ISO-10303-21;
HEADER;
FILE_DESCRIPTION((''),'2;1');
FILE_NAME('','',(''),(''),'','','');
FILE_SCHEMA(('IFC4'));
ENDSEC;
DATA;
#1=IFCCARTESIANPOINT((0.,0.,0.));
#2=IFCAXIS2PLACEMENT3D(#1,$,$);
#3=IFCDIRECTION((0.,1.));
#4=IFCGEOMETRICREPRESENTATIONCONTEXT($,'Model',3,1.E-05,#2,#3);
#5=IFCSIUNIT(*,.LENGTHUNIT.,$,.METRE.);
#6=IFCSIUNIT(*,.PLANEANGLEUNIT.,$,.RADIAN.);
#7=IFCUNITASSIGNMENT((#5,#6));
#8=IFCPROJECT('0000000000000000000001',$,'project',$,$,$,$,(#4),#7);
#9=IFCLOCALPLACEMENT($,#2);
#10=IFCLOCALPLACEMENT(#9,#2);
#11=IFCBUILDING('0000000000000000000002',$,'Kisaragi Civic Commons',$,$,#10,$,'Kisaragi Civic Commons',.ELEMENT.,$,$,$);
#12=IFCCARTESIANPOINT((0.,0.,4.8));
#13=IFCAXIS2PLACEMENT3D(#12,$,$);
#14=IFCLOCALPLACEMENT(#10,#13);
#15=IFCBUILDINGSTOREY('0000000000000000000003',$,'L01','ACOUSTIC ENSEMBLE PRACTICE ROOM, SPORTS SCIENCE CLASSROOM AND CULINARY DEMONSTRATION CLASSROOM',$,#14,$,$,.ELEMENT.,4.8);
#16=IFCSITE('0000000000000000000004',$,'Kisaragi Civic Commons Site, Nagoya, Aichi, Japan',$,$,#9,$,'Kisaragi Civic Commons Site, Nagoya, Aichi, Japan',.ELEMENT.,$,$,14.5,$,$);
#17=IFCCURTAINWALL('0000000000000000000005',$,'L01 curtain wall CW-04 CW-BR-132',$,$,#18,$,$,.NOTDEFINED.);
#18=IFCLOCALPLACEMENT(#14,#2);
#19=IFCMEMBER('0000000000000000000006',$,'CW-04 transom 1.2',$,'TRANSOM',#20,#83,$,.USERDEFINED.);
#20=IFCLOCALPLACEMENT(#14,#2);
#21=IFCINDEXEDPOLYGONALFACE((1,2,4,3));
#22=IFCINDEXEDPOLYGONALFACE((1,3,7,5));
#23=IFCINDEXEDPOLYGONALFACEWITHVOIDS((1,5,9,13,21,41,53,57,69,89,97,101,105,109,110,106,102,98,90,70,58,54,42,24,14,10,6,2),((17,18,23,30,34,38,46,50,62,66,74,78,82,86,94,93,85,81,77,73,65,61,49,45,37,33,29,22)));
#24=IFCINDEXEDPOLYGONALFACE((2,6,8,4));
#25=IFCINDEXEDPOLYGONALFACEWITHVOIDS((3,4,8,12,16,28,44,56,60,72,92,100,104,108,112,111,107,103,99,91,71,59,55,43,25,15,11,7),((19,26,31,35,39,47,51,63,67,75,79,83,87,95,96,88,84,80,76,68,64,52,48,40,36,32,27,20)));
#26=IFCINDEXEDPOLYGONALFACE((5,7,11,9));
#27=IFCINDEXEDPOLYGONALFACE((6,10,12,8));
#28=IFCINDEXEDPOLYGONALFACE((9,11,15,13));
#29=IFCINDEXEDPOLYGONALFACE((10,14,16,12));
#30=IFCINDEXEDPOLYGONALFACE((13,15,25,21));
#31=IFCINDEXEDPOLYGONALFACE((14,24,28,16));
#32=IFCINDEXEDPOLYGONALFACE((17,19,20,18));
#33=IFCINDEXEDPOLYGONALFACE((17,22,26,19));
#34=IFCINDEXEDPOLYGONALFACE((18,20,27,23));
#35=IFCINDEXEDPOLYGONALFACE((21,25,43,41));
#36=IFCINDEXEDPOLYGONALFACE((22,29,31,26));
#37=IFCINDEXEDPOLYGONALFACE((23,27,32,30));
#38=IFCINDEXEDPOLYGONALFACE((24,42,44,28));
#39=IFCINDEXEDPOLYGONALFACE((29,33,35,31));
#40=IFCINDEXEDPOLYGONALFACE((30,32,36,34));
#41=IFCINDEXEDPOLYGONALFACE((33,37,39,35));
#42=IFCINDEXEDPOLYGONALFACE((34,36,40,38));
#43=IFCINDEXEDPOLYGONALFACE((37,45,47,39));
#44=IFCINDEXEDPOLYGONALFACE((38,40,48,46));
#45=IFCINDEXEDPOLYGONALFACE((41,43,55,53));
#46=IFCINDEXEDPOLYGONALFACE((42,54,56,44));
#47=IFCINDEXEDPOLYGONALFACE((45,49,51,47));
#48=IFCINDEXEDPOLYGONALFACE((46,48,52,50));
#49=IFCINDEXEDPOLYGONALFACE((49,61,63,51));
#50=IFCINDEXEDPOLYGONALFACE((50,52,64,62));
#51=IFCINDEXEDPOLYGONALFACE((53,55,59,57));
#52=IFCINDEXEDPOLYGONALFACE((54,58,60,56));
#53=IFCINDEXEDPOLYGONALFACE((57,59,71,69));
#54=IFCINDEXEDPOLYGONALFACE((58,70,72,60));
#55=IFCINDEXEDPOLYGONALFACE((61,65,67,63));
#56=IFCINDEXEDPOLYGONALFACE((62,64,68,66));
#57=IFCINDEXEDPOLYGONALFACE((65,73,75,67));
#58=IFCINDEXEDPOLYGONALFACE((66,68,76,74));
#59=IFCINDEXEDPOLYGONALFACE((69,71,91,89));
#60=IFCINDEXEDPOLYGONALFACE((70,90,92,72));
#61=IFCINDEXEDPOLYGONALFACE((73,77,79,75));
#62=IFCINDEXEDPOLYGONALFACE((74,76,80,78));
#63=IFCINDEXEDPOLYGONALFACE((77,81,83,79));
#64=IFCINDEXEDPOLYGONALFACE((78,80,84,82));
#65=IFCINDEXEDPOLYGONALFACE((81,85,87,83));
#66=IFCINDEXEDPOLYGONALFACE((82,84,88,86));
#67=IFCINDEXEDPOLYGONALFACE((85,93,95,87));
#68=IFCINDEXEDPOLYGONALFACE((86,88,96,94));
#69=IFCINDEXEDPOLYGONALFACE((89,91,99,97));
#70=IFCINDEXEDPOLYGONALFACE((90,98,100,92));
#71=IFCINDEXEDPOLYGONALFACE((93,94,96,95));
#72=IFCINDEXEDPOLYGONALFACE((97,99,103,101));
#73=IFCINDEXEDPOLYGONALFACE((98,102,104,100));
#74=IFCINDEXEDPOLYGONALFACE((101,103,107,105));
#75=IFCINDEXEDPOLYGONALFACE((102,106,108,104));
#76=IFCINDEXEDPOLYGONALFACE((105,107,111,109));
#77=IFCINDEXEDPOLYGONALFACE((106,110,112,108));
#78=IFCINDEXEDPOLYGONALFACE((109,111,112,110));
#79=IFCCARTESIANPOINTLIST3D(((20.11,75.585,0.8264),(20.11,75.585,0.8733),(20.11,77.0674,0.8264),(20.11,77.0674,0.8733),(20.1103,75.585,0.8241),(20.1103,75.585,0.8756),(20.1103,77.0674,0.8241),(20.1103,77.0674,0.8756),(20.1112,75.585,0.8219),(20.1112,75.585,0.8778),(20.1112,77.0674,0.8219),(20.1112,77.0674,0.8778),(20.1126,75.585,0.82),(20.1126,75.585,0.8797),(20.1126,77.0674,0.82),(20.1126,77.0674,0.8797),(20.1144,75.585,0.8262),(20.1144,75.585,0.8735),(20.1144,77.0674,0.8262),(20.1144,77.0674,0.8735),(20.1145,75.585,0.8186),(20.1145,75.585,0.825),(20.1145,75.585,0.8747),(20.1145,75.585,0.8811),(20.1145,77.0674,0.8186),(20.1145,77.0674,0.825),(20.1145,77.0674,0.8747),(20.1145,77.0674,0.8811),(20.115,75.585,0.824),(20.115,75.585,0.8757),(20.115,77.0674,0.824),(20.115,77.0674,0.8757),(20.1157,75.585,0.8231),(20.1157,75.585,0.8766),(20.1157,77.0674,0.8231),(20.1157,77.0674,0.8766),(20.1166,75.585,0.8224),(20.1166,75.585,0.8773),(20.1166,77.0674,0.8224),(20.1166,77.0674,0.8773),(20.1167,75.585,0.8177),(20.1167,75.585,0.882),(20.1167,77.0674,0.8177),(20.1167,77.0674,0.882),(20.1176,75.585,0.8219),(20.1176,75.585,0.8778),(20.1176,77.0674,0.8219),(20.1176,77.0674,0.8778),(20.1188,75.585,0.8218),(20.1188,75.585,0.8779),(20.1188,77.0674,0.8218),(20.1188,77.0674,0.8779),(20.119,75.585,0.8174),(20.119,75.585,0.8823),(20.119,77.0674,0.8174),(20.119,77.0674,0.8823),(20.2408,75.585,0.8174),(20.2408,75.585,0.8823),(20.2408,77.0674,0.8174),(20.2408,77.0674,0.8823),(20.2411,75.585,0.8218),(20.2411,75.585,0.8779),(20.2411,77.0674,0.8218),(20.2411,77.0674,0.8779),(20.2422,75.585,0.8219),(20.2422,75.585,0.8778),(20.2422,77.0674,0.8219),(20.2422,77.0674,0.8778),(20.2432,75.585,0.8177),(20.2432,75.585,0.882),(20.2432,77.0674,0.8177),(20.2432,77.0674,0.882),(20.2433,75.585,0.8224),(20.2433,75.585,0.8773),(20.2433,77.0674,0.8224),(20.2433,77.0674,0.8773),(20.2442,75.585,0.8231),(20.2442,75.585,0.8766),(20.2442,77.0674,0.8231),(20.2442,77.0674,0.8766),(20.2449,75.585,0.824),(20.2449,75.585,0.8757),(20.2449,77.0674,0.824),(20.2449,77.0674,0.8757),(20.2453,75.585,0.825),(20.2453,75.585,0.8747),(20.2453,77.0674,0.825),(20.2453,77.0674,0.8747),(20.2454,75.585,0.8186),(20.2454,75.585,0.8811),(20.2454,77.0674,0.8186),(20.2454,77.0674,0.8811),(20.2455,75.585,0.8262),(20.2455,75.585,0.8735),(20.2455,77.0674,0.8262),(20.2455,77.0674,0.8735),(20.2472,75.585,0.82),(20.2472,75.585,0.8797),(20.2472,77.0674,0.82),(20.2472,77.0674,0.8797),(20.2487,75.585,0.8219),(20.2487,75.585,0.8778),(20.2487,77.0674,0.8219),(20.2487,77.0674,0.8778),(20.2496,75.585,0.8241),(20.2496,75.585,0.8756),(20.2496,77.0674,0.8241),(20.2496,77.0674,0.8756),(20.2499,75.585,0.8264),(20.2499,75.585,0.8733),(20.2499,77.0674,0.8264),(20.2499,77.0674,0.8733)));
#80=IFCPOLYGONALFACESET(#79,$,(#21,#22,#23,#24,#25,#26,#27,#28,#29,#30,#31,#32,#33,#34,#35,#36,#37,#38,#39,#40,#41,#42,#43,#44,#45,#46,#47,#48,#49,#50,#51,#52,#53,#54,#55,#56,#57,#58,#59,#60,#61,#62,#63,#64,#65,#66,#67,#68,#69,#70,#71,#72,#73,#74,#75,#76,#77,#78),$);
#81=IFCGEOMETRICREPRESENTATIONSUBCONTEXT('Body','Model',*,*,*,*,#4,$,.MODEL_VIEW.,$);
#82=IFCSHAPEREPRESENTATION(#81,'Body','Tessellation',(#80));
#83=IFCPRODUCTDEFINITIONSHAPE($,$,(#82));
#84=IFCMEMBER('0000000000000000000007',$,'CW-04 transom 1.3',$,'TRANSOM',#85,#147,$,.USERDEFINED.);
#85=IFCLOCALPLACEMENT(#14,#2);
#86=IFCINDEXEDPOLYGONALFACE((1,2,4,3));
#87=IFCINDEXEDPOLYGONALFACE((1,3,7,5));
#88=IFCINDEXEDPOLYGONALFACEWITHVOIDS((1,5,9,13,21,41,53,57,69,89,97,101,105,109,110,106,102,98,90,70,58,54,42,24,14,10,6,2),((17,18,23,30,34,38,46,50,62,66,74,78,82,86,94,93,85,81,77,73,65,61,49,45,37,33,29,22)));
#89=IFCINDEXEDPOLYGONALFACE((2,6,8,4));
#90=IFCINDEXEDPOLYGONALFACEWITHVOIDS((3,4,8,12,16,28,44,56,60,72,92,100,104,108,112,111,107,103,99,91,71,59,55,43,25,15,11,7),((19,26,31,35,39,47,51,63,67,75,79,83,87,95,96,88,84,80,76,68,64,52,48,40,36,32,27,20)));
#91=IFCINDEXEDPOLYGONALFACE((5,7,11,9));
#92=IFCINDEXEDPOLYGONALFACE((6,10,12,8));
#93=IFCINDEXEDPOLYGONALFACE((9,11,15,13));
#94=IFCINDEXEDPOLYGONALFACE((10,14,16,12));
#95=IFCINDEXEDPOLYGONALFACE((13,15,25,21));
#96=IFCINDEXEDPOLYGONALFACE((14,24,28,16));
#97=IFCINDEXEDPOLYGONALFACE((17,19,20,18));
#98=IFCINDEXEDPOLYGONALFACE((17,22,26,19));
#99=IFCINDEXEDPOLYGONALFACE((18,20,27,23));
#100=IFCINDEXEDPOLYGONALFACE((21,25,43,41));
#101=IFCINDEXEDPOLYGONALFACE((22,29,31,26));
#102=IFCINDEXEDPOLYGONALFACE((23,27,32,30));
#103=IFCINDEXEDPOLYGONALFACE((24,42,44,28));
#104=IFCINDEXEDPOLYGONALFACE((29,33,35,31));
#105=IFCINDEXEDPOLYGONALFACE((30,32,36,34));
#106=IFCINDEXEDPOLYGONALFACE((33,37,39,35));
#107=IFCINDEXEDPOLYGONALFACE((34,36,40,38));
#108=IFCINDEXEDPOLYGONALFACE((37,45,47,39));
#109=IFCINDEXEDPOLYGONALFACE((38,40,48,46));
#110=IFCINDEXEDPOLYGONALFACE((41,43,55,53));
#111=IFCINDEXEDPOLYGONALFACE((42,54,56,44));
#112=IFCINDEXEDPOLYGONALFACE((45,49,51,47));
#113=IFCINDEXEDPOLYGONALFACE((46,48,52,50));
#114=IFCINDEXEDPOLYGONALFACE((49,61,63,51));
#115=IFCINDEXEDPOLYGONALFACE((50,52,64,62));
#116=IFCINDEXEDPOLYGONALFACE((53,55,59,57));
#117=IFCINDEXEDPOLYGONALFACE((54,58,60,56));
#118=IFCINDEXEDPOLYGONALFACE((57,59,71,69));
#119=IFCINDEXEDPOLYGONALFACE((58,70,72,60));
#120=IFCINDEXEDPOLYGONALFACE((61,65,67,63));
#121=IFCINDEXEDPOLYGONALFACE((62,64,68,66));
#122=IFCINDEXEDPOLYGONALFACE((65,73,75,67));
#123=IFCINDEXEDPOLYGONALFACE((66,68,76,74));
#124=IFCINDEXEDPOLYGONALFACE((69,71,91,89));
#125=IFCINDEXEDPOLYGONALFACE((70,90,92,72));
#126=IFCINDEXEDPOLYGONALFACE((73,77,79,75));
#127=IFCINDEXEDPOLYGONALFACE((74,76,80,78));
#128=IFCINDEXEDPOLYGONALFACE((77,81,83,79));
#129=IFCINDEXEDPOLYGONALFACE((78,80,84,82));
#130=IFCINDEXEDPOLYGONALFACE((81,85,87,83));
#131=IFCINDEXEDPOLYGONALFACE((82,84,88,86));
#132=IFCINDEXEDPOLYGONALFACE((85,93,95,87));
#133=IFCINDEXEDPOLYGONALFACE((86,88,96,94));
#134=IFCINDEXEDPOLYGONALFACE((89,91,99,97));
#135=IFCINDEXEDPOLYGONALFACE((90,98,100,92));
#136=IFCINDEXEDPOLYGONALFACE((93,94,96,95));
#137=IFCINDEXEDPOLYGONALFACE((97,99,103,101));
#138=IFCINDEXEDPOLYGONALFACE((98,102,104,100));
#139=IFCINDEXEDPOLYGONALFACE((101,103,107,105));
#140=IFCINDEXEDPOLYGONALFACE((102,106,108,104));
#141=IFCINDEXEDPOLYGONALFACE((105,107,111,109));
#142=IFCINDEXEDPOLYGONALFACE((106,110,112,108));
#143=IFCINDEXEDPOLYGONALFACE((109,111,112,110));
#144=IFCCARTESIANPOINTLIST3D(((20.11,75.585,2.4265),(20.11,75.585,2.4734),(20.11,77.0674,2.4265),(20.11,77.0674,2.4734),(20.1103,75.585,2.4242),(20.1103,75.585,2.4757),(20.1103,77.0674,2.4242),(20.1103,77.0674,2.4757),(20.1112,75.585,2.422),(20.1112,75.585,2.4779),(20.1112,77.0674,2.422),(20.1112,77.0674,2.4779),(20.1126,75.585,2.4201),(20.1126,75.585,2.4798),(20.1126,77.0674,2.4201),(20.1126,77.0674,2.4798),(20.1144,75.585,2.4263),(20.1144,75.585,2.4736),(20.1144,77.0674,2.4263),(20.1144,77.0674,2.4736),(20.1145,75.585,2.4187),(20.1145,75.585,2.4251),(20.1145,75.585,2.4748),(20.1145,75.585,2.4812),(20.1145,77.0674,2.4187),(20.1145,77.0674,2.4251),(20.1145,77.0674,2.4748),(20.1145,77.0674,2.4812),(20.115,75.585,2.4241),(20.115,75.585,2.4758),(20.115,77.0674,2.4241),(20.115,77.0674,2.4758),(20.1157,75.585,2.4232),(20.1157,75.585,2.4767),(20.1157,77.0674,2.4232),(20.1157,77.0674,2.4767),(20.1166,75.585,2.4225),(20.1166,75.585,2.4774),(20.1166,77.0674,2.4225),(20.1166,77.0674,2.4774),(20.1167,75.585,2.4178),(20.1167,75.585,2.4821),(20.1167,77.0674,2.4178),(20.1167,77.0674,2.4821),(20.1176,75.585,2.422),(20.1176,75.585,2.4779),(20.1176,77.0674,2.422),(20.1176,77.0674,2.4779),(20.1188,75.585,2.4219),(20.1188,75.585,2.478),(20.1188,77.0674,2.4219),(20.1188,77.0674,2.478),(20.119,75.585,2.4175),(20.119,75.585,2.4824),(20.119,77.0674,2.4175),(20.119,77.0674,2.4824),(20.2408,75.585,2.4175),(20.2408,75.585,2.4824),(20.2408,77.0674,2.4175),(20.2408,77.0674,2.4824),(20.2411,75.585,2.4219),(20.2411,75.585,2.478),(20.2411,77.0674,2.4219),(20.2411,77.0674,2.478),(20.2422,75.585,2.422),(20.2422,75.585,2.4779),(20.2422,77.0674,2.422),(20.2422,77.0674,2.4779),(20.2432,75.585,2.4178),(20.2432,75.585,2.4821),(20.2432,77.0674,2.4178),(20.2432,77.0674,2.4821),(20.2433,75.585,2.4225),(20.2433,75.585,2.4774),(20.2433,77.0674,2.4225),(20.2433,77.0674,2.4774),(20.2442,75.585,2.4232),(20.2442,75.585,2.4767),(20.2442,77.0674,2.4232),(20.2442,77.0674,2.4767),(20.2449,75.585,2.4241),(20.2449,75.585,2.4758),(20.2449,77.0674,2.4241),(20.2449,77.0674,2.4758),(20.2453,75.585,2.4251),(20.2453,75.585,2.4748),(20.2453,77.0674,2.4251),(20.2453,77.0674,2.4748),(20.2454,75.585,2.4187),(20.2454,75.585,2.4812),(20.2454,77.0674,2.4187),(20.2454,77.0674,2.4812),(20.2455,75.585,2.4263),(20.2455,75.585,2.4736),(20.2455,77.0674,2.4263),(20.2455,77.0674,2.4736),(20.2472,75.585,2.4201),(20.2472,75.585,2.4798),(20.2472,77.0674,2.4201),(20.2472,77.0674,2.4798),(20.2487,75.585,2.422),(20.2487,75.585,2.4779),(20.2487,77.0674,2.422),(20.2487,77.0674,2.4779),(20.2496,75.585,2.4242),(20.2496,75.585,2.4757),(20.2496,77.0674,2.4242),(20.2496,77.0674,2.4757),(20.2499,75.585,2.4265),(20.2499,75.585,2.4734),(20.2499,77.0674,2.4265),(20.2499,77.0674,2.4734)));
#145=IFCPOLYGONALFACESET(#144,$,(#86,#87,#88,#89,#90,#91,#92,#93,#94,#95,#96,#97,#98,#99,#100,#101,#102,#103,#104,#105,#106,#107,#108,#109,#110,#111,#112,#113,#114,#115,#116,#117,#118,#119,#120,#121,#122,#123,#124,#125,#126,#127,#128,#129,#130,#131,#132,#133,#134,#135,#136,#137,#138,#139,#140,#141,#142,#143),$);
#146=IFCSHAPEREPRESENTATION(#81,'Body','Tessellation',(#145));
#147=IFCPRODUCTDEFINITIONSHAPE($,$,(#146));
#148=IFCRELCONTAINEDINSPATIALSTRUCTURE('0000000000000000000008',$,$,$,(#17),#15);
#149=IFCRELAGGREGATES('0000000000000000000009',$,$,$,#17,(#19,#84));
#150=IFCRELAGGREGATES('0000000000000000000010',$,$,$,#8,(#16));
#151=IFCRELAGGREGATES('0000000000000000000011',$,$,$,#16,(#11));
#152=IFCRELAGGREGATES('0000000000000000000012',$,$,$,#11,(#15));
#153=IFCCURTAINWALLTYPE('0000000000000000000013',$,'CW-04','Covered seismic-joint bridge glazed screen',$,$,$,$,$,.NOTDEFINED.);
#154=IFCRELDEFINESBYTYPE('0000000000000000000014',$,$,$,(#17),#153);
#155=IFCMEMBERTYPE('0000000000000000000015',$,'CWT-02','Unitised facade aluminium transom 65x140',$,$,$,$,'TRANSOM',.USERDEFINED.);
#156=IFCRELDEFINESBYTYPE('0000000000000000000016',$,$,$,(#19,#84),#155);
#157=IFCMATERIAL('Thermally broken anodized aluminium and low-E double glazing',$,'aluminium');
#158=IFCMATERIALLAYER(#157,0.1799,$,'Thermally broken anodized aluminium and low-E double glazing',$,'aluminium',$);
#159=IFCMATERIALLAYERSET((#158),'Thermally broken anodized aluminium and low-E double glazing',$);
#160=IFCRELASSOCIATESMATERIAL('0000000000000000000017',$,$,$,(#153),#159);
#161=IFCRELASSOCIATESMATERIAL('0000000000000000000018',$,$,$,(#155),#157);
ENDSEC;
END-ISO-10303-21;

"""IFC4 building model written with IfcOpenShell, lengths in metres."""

from ifc_helpers import new_model, si_unit, direction, frame, origin, origin_2d, place, context, subcontext, project, spatial, hollow_rectangle, extrude, material, layer, layer_set, material_profile, profile_set, type_object, element, aggregate, save


model = new_model("IFC4")

# Units and contexts
model_context = context("Model", 3, precision=1e-05, world=origin(), true_north=direction((0.0, 1.0)))
body_context = subcontext(model_context, "Body", "Model", "MODEL_VIEW")
ifc_project = project(units=[si_unit("LENGTHUNIT", "METRE"), si_unit("PLANEANGLEUNIT", "RADIAN")], contexts=[model_context])

# Site, building, storey
site_placement = place(None, origin())
site = spatial("IfcSite", under=ifc_project, at=site_placement, Name="Kisaragi Civic Commons Site, Nagoya, Aichi, Japan", LongName="Kisaragi Civic Commons Site, Nagoya, Aichi, Japan", CompositionType="ELEMENT", RefElevation=14.5)
building_placement = place(site_placement, origin())
building = spatial("IfcBuilding", under=site, at=building_placement, Name="Kisaragi Civic Commons", LongName="Kisaragi Civic Commons", CompositionType="ELEMENT")
storey_placement = place(building_placement, frame((0.0, 0.0, 4.8)))
storey = spatial("IfcBuildingStorey", under=building, at=storey_placement, Name="L01", Description="ACOUSTIC ENSEMBLE PRACTICE ROOM, SPORTS SCIENCE CLASSROOM AND CULINARY DEMONSTRATION CLASSROOM", CompositionType="ELEMENT", Elevation=4.8)

# Curtain wall
ifc_material_1 = material(Name="Thermally broken anodized aluminium and low-E double glazing", Category="aluminium")
ifc_layer_1 = layer(ifc_material_1, 0.1799, Name="Thermally broken anodized aluminium and low-E double glazing", Category="aluminium")
ifc_layer_set_1 = layer_set([ifc_layer_1], Name="Thermally broken anodized aluminium and low-E double glazing")
curtain_wall_type = type_object("IfcCurtainWallType", Name="CW-04", Description="Covered seismic-joint bridge glazed screen", PredefinedType="NOTDEFINED", material=ifc_layer_set_1)
curtain_wall_1_placement = place(storey_placement, origin())
curtain_wall_1 = element("IfcCurtainWall", 1, at=curtain_wall_1_placement, inside=storey, type_object=curtain_wall_type, Name="L01 curtain wall CW-04 CW-BR-132", PredefinedType="NOTDEFINED")

# Members
ifc_material_profile_1 = material_profile(ifc_material_1, hollow_rectangle(XDim=0.1399, YDim=0.0649, WallThickness=0.0044, InnerFilletRadius=0.0044, OuterFilletRadius=0.009, at=origin_2d()), Name="CWT-65x140x4.5", Category="aluminium")
ifc_profile_set_1 = profile_set([ifc_material_profile_1], Name="Thermally broken anodized aluminium and low-E double glazing")
member_type_1 = type_object("IfcMemberType", Name="CWT-02", Description="Unitised facade aluminium transom 65x140", ElementType="TRANSOM", PredefinedType="USERDEFINED", material=ifc_profile_set_1)
member_1_placement = place(storey_placement, frame((20.1799, 75.585, 0.8499), z_axis=(0.0, 1.0, 0.0), x_axis=(-1.0, 0.0, 0.0)))
member_1 = element("IfcMember", 2, at=member_1_placement, type_object=member_type_1, Name="CW-04 transom 1.2", ObjectType="TRANSOM", PredefinedType="USERDEFINED", context=body_context, shape_type="SweptSolid", body=[
    extrude(hollow_rectangle(XDim=0.1399, YDim=0.0649, WallThickness=0.0044, InnerFilletRadius=0.0044, OuterFilletRadius=0.009, at=origin_2d()), origin(), (0.0, 0.0, 1.0), 1.4824),
])
member_2_placement = place(storey_placement, frame((20.1799, 75.585, 2.45), z_axis=(0.0, 1.0, 0.0), x_axis=(-1.0, 0.0, 0.0)))
member_2 = element("IfcMember", 3, at=member_2_placement, type_object=member_type_1, Name="CW-04 transom 1.3", ObjectType="TRANSOM", PredefinedType="USERDEFINED", context=body_context, shape_type="SweptSolid", body=[
    extrude(hollow_rectangle(XDim=0.1399, YDim=0.0649, WallThickness=0.0044, InnerFilletRadius=0.0044, OuterFilletRadius=0.009, at=origin_2d()), origin(), (0.0, 0.0, 1.0), 1.4824),
])
aggregate(curtain_wall_1, [member_1, member_2])

save(model, "model.ifc")
